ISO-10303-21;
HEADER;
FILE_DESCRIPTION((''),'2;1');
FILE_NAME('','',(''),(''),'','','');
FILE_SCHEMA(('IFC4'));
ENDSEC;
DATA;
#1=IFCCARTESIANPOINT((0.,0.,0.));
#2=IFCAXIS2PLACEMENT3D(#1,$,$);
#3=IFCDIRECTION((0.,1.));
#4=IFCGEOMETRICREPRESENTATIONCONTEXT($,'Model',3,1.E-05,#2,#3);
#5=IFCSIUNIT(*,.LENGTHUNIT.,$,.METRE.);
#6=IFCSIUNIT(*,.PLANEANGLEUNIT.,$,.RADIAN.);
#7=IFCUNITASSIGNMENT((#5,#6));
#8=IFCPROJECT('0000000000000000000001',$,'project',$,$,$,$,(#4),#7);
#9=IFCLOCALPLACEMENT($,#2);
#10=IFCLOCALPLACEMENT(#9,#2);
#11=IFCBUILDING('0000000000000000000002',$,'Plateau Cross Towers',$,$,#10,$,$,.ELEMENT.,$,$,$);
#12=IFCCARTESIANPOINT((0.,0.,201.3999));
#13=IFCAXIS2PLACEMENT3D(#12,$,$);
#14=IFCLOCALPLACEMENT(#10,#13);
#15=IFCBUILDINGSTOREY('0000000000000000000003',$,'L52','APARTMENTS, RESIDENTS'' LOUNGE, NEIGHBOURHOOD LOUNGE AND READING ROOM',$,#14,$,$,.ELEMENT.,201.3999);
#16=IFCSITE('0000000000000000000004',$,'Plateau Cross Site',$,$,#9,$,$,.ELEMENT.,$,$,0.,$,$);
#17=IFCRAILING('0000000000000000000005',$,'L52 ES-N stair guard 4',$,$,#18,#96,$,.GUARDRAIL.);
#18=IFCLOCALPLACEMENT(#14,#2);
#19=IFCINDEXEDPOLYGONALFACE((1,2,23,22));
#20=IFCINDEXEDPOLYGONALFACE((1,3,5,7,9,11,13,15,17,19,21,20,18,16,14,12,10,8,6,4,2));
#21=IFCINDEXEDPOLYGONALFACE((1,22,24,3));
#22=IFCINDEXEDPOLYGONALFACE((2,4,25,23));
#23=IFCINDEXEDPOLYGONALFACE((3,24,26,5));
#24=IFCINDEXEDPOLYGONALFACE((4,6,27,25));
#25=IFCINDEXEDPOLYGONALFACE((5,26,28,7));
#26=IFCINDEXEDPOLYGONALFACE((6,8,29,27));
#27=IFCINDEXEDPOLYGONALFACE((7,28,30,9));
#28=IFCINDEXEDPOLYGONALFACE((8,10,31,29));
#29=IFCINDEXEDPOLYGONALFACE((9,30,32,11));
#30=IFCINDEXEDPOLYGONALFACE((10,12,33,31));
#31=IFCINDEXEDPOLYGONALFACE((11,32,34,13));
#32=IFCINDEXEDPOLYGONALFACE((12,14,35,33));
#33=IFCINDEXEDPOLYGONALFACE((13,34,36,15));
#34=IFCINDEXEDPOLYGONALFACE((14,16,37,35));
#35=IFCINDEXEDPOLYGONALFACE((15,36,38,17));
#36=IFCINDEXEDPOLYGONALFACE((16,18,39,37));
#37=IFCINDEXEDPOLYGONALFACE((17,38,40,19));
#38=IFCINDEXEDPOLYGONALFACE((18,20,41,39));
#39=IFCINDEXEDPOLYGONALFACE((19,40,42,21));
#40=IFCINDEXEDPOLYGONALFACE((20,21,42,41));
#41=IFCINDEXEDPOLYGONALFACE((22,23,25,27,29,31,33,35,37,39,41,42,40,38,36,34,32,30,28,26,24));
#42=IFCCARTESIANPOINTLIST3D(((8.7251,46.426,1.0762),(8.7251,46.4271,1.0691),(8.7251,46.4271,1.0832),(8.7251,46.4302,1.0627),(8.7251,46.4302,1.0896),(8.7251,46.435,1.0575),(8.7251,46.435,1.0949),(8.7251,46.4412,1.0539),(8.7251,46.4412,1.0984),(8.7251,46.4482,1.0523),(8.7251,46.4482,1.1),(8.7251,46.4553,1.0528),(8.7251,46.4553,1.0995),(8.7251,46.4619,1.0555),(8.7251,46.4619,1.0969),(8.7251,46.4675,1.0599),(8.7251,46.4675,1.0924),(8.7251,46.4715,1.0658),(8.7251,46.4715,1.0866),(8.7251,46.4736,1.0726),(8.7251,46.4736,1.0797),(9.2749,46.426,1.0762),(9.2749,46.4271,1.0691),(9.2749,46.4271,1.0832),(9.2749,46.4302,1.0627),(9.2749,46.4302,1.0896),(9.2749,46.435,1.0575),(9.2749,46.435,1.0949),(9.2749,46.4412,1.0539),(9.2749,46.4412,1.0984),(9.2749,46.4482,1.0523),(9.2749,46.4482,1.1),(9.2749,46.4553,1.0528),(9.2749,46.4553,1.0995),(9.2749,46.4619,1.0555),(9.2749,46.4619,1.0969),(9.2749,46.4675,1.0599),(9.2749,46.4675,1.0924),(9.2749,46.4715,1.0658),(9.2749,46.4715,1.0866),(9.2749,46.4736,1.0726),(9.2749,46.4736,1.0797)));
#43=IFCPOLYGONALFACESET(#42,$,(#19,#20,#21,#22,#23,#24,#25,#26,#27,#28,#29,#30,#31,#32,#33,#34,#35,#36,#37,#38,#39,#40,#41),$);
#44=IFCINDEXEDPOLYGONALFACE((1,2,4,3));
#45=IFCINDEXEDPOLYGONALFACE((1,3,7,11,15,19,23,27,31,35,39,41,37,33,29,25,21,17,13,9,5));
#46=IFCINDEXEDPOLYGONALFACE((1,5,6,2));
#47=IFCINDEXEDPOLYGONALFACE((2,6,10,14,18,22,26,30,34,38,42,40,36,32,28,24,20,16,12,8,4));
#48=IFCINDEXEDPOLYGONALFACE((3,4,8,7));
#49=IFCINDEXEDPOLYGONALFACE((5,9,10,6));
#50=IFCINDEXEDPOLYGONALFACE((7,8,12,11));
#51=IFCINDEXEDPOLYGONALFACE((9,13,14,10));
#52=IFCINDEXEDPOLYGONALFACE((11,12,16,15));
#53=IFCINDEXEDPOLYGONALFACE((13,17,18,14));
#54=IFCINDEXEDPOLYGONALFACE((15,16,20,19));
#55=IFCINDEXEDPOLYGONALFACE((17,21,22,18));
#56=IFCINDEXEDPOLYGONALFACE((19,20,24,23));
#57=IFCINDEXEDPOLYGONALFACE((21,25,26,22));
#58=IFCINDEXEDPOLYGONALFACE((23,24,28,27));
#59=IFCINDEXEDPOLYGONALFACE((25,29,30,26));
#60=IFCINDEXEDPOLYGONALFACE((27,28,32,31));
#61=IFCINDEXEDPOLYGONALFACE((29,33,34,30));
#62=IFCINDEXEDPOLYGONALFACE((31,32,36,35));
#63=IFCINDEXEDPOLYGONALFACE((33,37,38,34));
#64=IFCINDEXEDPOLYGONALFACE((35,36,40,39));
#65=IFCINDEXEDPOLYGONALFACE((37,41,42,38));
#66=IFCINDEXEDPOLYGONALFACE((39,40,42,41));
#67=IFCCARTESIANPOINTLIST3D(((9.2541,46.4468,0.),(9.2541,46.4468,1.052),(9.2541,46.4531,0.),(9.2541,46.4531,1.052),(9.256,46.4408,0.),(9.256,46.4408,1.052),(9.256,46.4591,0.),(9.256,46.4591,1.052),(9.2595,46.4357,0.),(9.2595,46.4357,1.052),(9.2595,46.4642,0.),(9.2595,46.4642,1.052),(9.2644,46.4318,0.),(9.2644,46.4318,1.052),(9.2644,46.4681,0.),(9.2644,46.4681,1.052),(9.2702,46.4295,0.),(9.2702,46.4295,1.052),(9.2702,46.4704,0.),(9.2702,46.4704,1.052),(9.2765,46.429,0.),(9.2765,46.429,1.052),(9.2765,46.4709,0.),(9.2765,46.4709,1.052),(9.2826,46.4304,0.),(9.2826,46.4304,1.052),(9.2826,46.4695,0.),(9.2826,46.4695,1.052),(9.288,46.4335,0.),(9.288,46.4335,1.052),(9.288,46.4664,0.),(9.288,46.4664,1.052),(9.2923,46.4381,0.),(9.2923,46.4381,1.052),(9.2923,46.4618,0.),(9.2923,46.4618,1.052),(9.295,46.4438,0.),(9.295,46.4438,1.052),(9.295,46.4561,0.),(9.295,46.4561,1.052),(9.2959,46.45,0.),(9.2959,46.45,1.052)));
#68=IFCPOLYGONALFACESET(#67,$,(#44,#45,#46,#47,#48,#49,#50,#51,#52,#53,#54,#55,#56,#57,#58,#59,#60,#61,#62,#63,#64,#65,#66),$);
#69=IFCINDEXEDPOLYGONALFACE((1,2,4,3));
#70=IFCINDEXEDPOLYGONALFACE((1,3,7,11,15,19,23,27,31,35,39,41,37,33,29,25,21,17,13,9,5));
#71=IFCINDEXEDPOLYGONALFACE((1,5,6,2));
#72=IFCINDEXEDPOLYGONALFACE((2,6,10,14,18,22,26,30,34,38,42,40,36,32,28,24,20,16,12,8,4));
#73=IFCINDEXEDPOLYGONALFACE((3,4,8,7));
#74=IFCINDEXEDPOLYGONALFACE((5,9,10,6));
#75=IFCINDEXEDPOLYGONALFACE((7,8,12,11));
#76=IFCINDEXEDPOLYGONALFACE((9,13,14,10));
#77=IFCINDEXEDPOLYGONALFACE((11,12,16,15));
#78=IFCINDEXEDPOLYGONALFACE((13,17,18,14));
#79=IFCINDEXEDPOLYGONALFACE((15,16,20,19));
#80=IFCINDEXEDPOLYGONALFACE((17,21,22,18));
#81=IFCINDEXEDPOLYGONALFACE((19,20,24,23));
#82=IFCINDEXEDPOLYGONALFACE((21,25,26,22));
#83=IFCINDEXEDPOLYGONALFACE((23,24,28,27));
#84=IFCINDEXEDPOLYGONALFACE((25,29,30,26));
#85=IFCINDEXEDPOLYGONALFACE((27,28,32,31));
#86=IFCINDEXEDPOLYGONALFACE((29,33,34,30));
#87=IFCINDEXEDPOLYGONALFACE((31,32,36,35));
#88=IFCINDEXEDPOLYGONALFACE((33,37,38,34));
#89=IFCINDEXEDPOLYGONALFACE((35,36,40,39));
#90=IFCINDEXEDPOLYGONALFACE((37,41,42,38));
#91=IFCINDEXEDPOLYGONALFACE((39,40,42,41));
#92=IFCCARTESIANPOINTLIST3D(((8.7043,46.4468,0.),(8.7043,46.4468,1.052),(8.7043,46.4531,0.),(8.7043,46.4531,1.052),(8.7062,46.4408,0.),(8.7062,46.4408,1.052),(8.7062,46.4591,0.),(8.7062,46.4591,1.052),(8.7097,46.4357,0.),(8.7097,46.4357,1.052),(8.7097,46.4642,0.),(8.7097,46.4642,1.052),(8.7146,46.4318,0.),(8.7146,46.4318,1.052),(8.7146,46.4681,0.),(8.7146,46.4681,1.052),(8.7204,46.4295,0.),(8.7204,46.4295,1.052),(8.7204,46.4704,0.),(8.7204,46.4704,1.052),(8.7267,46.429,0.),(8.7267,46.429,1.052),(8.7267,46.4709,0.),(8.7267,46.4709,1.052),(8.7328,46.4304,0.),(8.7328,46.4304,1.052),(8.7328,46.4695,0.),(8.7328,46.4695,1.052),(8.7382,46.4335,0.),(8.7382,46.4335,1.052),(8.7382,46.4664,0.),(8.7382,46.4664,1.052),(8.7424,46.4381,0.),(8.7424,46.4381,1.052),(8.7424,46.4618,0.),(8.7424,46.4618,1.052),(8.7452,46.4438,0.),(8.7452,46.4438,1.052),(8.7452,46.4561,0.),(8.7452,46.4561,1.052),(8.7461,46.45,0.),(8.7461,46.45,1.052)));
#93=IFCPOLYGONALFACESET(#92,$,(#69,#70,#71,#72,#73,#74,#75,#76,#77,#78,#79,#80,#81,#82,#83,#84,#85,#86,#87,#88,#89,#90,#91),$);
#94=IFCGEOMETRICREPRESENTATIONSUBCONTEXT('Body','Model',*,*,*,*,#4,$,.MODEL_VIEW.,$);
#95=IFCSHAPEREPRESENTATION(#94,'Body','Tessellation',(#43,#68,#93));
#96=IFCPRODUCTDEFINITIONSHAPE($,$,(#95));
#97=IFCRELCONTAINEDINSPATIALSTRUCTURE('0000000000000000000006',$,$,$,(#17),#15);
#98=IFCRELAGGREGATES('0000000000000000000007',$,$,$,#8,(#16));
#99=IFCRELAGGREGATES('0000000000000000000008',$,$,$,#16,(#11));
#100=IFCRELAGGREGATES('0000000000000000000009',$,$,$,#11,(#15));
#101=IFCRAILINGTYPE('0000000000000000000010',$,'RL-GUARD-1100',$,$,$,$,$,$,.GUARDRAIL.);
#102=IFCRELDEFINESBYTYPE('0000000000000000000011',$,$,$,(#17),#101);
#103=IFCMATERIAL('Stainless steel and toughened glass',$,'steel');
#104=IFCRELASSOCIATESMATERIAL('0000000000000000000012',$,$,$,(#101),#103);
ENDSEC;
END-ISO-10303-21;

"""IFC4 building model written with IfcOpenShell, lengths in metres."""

from ifc_helpers import new_model, si_unit, direction, frame, origin, origin_2d, place, context, subcontext, project, spatial, circle, extrude, material, type_object, element, save


model = new_model("IFC4")

# Units and contexts
model_context = context("Model", 3, precision=1e-05, world=origin(), true_north=direction((0.0, 1.0)))
body_context = subcontext(model_context, "Body", "Model", "MODEL_VIEW")
ifc_project = project(units=[si_unit("LENGTHUNIT", "METRE"), si_unit("PLANEANGLEUNIT", "RADIAN")], contexts=[model_context])

# Site, building, storey
site_placement = place(None, origin())
site = spatial("IfcSite", under=ifc_project, at=site_placement, Name="Plateau Cross Site", CompositionType="ELEMENT", RefElevation=0.0)
building_placement = place(site_placement, origin())
building = spatial("IfcBuilding", under=site, at=building_placement, Name="Plateau Cross Towers", CompositionType="ELEMENT")
storey_placement = place(building_placement, frame((0.0, 0.0, 201.3999)))
storey = spatial("IfcBuildingStorey", under=building, at=storey_placement, Name="L52", Description="APARTMENTS, RESIDENTS' LOUNGE, NEIGHBOURHOOD LOUNGE AND READING ROOM", CompositionType="ELEMENT", Elevation=201.3999)

# Railing
ifc_material_1 = material(Name="Stainless steel and toughened glass", Category="steel")
railing_type_1 = type_object("IfcRailingType", Name="RL-GUARD-1100", PredefinedType="GUARDRAIL", material=ifc_material_1)
railing_1_placement = place(storey_placement, frame((9.2749, 46.45, 0.0)))
element("IfcRailing", 1, at=railing_1_placement, inside=storey, type_object=railing_type_1, Name="L52 ES-N stair guard 4", PredefinedType="GUARDRAIL", context=body_context, shape_type="SweptSolid", body=[
    extrude(circle(Radius=0.0239, at=origin_2d()), frame((0.0, 0.0, 1.0762), z_axis=(-1.0, 0.0, 0.0), x_axis=(0.0, -1.0, 0.0)), (0.0, 0.0, 1.0), 0.5498),
    extrude(circle(Radius=0.021, at=origin_2d()), origin(), (0.0, 0.0, 1.0), 1.052),
    extrude(circle(Radius=0.021, at=origin_2d()), frame((-0.5498, 0.0, 0.0)), (0.0, 0.0, 1.0), 1.052),
])

save(model, "model.ifc")
